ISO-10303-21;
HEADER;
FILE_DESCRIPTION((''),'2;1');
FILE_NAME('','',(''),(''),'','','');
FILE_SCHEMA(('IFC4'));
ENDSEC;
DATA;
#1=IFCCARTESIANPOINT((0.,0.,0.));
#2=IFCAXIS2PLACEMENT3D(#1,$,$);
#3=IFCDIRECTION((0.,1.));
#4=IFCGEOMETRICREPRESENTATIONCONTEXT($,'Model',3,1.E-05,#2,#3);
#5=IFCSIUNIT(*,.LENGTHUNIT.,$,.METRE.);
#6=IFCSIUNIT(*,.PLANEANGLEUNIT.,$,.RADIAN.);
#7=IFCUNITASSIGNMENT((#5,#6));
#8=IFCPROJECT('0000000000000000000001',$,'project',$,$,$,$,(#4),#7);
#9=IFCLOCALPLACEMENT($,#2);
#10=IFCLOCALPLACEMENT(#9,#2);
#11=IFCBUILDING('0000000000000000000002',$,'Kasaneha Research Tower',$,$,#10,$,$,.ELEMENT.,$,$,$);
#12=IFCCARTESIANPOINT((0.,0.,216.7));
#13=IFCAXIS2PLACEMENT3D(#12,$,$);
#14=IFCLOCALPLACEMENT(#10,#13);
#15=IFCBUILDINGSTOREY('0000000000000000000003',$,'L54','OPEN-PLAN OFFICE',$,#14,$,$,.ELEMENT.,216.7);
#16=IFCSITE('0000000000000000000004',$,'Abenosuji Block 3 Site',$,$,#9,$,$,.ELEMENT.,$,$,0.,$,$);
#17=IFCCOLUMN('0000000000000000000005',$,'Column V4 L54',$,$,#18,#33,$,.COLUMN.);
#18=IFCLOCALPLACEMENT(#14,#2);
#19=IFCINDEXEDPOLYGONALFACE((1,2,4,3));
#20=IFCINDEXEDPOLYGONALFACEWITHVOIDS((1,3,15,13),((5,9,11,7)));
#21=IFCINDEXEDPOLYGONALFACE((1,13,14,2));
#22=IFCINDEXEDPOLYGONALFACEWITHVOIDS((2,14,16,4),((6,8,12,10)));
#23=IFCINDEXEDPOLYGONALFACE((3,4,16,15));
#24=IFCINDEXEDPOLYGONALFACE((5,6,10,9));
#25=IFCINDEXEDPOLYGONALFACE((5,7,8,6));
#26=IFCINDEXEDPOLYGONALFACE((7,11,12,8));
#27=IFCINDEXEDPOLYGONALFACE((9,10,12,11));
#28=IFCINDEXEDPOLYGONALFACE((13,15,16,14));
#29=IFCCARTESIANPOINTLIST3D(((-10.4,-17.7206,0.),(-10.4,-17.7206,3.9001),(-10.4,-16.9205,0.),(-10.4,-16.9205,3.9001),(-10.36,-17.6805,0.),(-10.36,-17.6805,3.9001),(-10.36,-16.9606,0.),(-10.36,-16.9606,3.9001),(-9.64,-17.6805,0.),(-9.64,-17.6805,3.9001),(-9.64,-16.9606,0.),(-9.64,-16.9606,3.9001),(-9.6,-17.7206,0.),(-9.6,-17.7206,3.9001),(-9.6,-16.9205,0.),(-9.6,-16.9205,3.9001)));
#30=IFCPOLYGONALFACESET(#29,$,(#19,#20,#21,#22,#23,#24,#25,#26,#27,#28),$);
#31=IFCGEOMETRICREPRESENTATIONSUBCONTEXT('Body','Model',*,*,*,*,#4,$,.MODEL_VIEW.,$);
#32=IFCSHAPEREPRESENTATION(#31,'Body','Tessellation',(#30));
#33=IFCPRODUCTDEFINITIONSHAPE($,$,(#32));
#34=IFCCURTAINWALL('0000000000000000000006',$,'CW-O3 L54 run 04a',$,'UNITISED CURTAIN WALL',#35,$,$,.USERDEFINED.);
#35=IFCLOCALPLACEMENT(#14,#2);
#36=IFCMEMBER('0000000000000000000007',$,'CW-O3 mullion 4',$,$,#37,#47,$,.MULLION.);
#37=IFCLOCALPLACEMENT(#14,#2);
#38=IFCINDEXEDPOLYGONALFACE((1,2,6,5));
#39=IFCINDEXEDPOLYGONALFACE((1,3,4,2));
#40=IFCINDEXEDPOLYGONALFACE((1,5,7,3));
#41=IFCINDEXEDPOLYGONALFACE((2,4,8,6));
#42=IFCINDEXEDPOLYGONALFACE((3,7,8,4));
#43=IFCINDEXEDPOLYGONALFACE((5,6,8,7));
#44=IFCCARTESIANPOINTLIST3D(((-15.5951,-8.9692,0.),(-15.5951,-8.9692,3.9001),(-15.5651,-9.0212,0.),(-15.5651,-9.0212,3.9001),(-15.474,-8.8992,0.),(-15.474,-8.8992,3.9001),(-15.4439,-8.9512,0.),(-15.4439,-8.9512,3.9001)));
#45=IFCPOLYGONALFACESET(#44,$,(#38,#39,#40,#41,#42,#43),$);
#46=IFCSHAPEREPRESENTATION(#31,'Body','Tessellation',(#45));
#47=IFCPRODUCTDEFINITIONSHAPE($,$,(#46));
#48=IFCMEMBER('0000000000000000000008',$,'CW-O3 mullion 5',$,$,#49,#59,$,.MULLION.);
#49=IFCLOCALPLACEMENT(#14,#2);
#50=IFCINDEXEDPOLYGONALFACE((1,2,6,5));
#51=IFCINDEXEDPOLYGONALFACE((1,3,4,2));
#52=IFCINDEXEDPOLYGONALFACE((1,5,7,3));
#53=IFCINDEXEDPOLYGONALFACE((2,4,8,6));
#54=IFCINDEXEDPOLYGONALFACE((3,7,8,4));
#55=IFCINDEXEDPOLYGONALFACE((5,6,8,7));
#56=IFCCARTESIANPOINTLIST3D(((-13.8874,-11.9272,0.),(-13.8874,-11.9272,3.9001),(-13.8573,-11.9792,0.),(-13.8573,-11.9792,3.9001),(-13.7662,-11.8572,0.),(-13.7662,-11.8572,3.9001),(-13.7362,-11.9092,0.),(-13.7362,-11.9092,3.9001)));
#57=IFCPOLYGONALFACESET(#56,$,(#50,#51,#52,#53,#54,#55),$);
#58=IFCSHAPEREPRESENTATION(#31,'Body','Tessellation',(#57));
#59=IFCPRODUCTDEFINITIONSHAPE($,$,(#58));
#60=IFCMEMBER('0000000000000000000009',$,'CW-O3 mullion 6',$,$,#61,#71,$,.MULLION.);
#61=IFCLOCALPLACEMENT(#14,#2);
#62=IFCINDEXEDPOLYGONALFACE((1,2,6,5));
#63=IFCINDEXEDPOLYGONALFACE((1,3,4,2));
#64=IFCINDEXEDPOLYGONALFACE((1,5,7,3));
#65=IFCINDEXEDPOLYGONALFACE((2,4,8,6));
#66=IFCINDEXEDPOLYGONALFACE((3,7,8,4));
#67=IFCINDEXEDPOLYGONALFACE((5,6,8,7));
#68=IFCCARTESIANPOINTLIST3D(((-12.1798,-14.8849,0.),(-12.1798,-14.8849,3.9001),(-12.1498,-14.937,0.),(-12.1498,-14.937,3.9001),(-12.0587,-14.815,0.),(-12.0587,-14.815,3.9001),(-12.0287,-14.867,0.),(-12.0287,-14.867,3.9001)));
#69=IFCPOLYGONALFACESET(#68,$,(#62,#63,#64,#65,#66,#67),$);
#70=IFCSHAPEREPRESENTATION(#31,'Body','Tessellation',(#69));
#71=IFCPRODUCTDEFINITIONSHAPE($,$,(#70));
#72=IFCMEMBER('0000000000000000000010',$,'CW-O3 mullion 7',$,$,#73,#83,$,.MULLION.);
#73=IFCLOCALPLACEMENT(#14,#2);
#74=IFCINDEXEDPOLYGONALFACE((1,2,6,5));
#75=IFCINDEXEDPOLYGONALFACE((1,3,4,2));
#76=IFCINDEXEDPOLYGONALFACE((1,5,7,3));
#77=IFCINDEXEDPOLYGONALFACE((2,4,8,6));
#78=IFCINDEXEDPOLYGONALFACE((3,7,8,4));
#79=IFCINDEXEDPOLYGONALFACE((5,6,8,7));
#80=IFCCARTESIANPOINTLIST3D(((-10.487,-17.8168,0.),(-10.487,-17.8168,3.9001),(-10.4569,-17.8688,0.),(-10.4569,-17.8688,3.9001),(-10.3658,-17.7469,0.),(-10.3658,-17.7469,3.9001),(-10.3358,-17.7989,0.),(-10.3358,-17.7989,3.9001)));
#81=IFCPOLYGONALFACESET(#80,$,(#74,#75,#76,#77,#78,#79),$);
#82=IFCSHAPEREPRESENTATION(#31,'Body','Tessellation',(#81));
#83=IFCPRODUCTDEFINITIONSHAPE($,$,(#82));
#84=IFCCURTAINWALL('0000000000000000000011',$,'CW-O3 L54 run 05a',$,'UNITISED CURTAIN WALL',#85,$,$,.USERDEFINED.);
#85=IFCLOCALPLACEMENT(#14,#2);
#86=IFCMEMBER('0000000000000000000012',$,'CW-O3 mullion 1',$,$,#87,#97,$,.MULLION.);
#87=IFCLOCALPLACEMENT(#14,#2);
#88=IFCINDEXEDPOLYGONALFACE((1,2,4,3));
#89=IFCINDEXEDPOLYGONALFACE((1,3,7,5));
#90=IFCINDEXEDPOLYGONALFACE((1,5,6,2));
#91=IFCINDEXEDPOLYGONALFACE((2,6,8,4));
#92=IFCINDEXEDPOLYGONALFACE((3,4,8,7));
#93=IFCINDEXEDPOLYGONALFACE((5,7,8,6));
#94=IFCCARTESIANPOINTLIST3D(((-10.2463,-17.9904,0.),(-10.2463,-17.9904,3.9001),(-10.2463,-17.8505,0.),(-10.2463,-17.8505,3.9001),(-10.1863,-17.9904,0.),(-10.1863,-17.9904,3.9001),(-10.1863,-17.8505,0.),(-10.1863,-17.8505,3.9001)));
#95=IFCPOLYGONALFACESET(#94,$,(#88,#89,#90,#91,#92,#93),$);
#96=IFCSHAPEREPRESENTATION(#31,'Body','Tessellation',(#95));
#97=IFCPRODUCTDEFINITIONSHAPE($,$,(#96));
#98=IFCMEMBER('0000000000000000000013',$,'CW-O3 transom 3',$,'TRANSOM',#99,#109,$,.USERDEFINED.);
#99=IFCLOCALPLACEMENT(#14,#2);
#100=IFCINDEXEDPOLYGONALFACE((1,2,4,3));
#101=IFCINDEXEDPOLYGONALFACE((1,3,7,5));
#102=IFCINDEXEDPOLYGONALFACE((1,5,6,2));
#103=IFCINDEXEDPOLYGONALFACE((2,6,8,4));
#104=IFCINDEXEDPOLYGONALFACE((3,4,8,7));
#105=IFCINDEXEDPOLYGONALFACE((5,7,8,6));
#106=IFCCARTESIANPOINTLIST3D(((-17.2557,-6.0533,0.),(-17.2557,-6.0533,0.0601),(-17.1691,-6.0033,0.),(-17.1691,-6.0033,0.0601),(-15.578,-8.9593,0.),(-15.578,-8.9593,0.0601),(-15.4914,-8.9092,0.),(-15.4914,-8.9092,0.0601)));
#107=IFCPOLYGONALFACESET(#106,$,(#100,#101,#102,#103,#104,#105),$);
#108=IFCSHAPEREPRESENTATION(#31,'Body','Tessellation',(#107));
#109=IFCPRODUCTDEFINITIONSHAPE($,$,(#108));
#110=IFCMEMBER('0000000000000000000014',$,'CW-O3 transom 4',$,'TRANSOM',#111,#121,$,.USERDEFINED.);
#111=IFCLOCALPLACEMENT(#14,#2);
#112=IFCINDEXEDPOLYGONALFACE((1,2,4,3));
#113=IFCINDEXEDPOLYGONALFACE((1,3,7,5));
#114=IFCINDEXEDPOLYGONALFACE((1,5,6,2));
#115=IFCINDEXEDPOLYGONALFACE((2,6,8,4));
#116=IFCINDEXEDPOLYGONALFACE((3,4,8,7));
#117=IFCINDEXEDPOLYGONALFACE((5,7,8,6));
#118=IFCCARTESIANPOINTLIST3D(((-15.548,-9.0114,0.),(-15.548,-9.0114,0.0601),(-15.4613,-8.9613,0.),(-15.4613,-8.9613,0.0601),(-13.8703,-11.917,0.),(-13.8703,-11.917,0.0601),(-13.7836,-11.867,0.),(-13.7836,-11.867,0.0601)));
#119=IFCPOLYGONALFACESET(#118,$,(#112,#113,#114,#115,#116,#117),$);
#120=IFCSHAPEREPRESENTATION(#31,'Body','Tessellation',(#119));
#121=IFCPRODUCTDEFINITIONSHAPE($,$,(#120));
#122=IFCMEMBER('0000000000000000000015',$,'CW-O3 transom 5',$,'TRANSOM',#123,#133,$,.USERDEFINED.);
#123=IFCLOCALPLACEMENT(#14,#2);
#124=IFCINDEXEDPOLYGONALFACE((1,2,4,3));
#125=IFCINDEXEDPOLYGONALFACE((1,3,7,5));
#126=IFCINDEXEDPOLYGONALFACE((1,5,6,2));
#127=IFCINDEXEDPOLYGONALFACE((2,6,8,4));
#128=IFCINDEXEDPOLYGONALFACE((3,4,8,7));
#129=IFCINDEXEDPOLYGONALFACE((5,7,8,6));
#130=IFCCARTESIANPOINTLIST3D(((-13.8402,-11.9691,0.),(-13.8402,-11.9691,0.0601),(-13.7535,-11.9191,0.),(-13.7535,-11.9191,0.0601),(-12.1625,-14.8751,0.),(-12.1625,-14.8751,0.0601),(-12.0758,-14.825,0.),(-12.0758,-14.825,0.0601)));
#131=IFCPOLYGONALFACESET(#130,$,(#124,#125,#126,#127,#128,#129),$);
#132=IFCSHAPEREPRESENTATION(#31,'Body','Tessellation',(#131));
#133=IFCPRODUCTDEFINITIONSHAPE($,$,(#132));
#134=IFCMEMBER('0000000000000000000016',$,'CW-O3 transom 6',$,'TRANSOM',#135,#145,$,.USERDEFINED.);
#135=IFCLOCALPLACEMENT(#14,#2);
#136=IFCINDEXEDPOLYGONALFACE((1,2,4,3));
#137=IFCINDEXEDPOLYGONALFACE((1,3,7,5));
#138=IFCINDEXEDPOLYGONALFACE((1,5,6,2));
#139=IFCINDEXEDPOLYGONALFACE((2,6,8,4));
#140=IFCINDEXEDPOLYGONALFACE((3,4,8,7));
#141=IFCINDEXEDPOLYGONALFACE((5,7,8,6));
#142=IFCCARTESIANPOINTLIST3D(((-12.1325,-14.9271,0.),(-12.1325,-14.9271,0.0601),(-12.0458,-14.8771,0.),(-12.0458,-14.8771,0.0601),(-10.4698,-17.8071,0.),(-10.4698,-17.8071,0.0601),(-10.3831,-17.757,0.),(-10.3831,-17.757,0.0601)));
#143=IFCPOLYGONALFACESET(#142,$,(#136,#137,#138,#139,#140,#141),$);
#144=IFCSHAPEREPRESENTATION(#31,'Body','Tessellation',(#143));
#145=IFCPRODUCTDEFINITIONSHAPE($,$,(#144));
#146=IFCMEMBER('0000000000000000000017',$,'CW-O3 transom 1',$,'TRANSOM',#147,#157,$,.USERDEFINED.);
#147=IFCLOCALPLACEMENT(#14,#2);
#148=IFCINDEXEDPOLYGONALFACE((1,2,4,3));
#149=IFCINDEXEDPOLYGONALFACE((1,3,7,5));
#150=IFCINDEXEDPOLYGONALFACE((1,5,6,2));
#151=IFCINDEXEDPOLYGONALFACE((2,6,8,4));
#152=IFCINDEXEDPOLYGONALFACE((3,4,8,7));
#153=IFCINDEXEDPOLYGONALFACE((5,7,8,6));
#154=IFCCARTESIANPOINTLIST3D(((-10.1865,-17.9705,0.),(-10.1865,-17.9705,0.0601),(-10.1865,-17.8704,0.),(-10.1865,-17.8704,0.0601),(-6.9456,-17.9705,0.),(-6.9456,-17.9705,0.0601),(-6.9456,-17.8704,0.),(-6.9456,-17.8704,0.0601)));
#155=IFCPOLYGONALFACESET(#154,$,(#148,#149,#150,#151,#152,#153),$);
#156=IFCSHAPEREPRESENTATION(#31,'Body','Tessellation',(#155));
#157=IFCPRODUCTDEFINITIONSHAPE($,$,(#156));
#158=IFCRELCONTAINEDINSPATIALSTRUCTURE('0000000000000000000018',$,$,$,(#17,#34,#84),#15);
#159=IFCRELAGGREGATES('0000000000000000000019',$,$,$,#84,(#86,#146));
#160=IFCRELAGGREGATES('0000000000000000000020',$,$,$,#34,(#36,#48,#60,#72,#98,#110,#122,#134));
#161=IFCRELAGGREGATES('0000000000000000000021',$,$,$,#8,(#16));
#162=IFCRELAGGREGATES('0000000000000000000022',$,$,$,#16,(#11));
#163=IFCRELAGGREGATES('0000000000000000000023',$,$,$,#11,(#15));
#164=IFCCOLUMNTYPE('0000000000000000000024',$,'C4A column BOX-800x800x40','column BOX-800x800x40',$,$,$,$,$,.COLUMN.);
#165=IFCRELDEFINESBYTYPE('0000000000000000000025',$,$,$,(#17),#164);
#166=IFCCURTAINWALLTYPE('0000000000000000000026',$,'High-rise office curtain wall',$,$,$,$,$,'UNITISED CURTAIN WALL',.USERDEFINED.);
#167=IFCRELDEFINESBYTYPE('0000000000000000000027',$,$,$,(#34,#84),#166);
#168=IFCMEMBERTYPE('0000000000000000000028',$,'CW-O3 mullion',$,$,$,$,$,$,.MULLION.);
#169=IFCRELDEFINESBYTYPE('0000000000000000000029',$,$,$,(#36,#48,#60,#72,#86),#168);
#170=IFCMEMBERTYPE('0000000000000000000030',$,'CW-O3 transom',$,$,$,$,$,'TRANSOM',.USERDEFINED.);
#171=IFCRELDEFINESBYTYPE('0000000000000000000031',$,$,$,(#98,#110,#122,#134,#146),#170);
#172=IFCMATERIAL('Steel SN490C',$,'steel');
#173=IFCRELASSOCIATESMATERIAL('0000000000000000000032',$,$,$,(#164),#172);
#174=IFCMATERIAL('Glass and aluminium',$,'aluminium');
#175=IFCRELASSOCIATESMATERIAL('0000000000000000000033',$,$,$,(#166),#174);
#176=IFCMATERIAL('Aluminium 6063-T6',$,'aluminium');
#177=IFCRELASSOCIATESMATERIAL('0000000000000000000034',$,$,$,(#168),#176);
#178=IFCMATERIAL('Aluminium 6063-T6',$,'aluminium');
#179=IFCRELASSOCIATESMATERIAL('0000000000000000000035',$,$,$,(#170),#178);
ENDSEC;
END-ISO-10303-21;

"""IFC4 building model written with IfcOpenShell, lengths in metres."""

from ifc_helpers import new_model, si_unit, direction, frame, origin, origin_2d, place, context, subcontext, project, spatial, rectangle, hollow_rectangle, extrude, material, material_profile, profile_set, type_object, element, aggregate, save


model = new_model("IFC4")

# Units and contexts
model_context = context("Model", 3, precision=1e-05, world=origin(), true_north=direction((0.0, 1.0)))
body_context = subcontext(model_context, "Body", "Model", "MODEL_VIEW")
ifc_project = project(units=[si_unit("LENGTHUNIT", "METRE"), si_unit("PLANEANGLEUNIT", "RADIAN")], contexts=[model_context])

# Site, building, storey
site_placement = place(None, origin())
site = spatial("IfcSite", under=ifc_project, at=site_placement, Name="Abenosuji Block 3 Site", CompositionType="ELEMENT", RefElevation=0.0)
building_placement = place(site_placement, origin())
building = spatial("IfcBuilding", under=site, at=building_placement, Name="Kasaneha Research Tower", CompositionType="ELEMENT")
storey_placement = place(building_placement, frame((0.0, 0.0, 216.7)))
storey = spatial("IfcBuildingStorey", under=building, at=storey_placement, Name="L54", Description="OPEN-PLAN OFFICE", CompositionType="ELEMENT", Elevation=216.7)

# Column
ifc_material_1 = material(Name="Steel SN490C", Category="steel")
ifc_material_profile_1 = material_profile(ifc_material_1, hollow_rectangle(XDim=0.8, YDim=0.8, WallThickness=0.04, at=origin_2d()), Name="BOX-800x800x40")
ifc_profile_set_1 = profile_set([ifc_material_profile_1], Name="Steel SN490C")
column_type = type_object("IfcColumnType", Name="C4A column BOX-800x800x40", Description="column BOX-800x800x40", PredefinedType="COLUMN", material=ifc_profile_set_1)
column_placement = place(storey_placement, frame((-10.0, -17.3206, 0.0), z_axis=(0.0, 0.0, 1.0), x_axis=(1.0, 0.0, 0.0)))
element("IfcColumn", 1, at=column_placement, inside=storey, type_object=column_type, Name="Column V4 L54", PredefinedType="COLUMN", context=body_context, shape_type="SweptSolid", body=[
    extrude(hollow_rectangle(XDim=0.8, YDim=0.8, WallThickness=0.04, at=origin_2d()), origin(), (0.0, 0.0, 1.0), 3.9001),
])

# Curtain wall, members
ifc_material_2 = material(Name="Glass and aluminium", Category="aluminium")
curtain_wall_type = type_object("IfcCurtainWallType", Name="High-rise office curtain wall", ElementType="UNITISED CURTAIN WALL", PredefinedType="USERDEFINED", material=ifc_material_2)
curtain_wall_1_placement = place(storey_placement, origin())
curtain_wall_1 = element("IfcCurtainWall", 2, at=curtain_wall_1_placement, inside=storey, type_object=curtain_wall_type, Name="CW-O3 L54 run 04a", ObjectType="UNITISED CURTAIN WALL", PredefinedType="USERDEFINED")
ifc_material_3 = material(Name="Aluminium 6063-T6", Category="aluminium")
ifc_material_profile_2 = material_profile(ifc_material_3, rectangle(XDim=0.0601, YDim=0.1399, at=origin_2d()), Name="CW-O3 mullion 60x140")
ifc_profile_set_2 = profile_set([ifc_material_profile_2], Name="Aluminium 6063-T6")
member_type_1 = type_object("IfcMemberType", Name="CW-O3 mullion", PredefinedType="MULLION", material=ifc_profile_set_2)
member_1_placement = place(storey_placement, frame((-15.5195, -8.9602, 0.0), z_axis=(0.0, 0.0, 1.0), x_axis=(0.5, -0.866025, 0.0)))
member_1 = element("IfcMember", 3, at=member_1_placement, type_object=member_type_1, Name="CW-O3 mullion 4", PredefinedType="MULLION", context=body_context, shape_type="SweptSolid", body=[
    extrude(rectangle(XDim=0.0601, YDim=0.1399, at=origin_2d()), origin(), (0.0, 0.0, 1.0), 3.9001),
])
member_2_placement = place(storey_placement, frame((-13.8118, -11.9182, 0.0), z_axis=(0.0, 0.0, 1.0), x_axis=(0.5, -0.866025, 0.0)))
member_2 = element("IfcMember", 4, at=member_2_placement, type_object=member_type_1, Name="CW-O3 mullion 5", PredefinedType="MULLION", context=body_context, shape_type="SweptSolid", body=[
    extrude(rectangle(XDim=0.0601, YDim=0.1399, at=origin_2d()), origin(), (0.0, 0.0, 1.0), 3.9001),
])
member_3_placement = place(storey_placement, frame((-12.1042, -14.876, 0.0), z_axis=(0.0, 0.0, 1.0), x_axis=(0.5, -0.866025, 0.0)))
member_3 = element("IfcMember", 5, at=member_3_placement, type_object=member_type_1, Name="CW-O3 mullion 6", PredefinedType="MULLION", context=body_context, shape_type="SweptSolid", body=[
    extrude(rectangle(XDim=0.0601, YDim=0.1399, at=origin_2d()), origin(), (0.0, 0.0, 1.0), 3.9001),
])
member_4_placement = place(storey_placement, frame((-10.4114, -17.8079, 0.0), z_axis=(0.0, 0.0, 1.0), x_axis=(0.5, -0.866025, 0.0)))
member_4 = element("IfcMember", 6, at=member_4_placement, type_object=member_type_1, Name="CW-O3 mullion 7", PredefinedType="MULLION", context=body_context, shape_type="SweptSolid", body=[
    extrude(rectangle(XDim=0.0601, YDim=0.1399, at=origin_2d()), origin(), (0.0, 0.0, 1.0), 3.9001),
])

# Curtain wall, member
curtain_wall_2_placement = place(storey_placement, origin())
curtain_wall_2 = element("IfcCurtainWall", 7, at=curtain_wall_2_placement, inside=storey, type_object=curtain_wall_type, Name="CW-O3 L54 run 05a", ObjectType="UNITISED CURTAIN WALL", PredefinedType="USERDEFINED")
member_5_placement = place(storey_placement, frame((-10.2163, -17.9204, 0.0), z_axis=(0.0, 0.0, 1.0), x_axis=(1.0, 0.0, 0.0)))
member_5 = element("IfcMember", 8, at=member_5_placement, type_object=member_type_1, Name="CW-O3 mullion 1", PredefinedType="MULLION", context=body_context, shape_type="SweptSolid", body=[
    extrude(rectangle(XDim=0.0601, YDim=0.1399, at=origin_2d()), origin(), (0.0, 0.0, 1.0), 3.9001),
])

# Members
ifc_material_4 = material(Name="Aluminium 6063-T6", Category="aluminium")
ifc_material_profile_3 = material_profile(ifc_material_4, rectangle(XDim=0.1001, YDim=0.0601, at=origin_2d()), Name="CW-O3 transom 100x60")
ifc_profile_set_3 = profile_set([ifc_material_profile_3], Name="Aluminium 6063-T6")
member_type_2 = type_object("IfcMemberType", Name="CW-O3 transom", ElementType="TRANSOM", PredefinedType="USERDEFINED", material=ifc_profile_set_3)
member_6_placement = place(storey_placement, frame((-17.2124, -6.0283, 0.03), z_axis=(0.499989, -0.866032, 0.0), x_axis=(0.866032, 0.499989, 0.0)))
member_6 = element("IfcMember", 9, at=member_6_placement, type_object=member_type_2, Name="CW-O3 transom 3", ObjectType="TRANSOM", PredefinedType="USERDEFINED", context=body_context, shape_type="SweptSolid", body=[
    extrude(rectangle(XDim=0.1001, YDim=0.0601, at=origin_2d()), origin(), (0.0, 0.0, 1.0), 3.3555),
])
member_7_placement = place(storey_placement, frame((-15.5046, -8.9863, 0.03), z_axis=(0.500021, -0.866014, 0.0), x_axis=(0.866014, 0.500021, 0.0)))
member_7 = element("IfcMember", 10, at=member_7_placement, type_object=member_type_2, Name="CW-O3 transom 4", ObjectType="TRANSOM", PredefinedType="USERDEFINED", context=body_context, shape_type="SweptSolid", body=[
    extrude(rectangle(XDim=0.1001, YDim=0.0601, at=origin_2d()), origin(), (0.0, 0.0, 1.0), 3.3552),
])
member_8_placement = place(storey_placement, frame((-13.7969, -11.9441, 0.03), z_axis=(0.499989, -0.866032, 0.0), x_axis=(0.866032, 0.499989, 0.0)))
member_8 = element("IfcMember", 11, at=member_8_placement, type_object=member_type_2, Name="CW-O3 transom 5", ObjectType="TRANSOM", PredefinedType="USERDEFINED", context=body_context, shape_type="SweptSolid", body=[
    extrude(rectangle(XDim=0.1001, YDim=0.0601, at=origin_2d()), origin(), (0.0, 0.0, 1.0), 3.3555),
])
member_9_placement = place(storey_placement, frame((-12.0891, -14.9021, 0.03), z_axis=(0.499977, -0.866039, 0.0), x_axis=(0.866039, 0.499977, 0.0)))
member_9 = element("IfcMember", 12, at=member_9_placement, type_object=member_type_2, Name="CW-O3 transom 6", ObjectType="TRANSOM", PredefinedType="USERDEFINED", context=body_context, shape_type="SweptSolid", body=[
    extrude(rectangle(XDim=0.1001, YDim=0.0601, at=origin_2d()), origin(), (0.0, 0.0, 1.0), 3.3254),
])
member_10_placement = place(storey_placement, frame((-10.1865, -17.9204, 0.03), z_axis=(1.0, 0.0, 0.0), x_axis=(0.0, 1.0, 0.0)))
member_10 = element("IfcMember", 13, at=member_10_placement, type_object=member_type_2, Name="CW-O3 transom 1", ObjectType="TRANSOM", PredefinedType="USERDEFINED", context=body_context, shape_type="SweptSolid", body=[
    extrude(rectangle(XDim=0.1001, YDim=0.0601, at=origin_2d()), origin(), (0.0, 0.0, 1.0), 3.241),
])
aggregate(curtain_wall_2, [member_5, member_10])

aggregate(curtain_wall_1, [member_1, member_2, member_3, member_4, member_6, member_7, member_8, member_9])

save(model, "model.ifc")
